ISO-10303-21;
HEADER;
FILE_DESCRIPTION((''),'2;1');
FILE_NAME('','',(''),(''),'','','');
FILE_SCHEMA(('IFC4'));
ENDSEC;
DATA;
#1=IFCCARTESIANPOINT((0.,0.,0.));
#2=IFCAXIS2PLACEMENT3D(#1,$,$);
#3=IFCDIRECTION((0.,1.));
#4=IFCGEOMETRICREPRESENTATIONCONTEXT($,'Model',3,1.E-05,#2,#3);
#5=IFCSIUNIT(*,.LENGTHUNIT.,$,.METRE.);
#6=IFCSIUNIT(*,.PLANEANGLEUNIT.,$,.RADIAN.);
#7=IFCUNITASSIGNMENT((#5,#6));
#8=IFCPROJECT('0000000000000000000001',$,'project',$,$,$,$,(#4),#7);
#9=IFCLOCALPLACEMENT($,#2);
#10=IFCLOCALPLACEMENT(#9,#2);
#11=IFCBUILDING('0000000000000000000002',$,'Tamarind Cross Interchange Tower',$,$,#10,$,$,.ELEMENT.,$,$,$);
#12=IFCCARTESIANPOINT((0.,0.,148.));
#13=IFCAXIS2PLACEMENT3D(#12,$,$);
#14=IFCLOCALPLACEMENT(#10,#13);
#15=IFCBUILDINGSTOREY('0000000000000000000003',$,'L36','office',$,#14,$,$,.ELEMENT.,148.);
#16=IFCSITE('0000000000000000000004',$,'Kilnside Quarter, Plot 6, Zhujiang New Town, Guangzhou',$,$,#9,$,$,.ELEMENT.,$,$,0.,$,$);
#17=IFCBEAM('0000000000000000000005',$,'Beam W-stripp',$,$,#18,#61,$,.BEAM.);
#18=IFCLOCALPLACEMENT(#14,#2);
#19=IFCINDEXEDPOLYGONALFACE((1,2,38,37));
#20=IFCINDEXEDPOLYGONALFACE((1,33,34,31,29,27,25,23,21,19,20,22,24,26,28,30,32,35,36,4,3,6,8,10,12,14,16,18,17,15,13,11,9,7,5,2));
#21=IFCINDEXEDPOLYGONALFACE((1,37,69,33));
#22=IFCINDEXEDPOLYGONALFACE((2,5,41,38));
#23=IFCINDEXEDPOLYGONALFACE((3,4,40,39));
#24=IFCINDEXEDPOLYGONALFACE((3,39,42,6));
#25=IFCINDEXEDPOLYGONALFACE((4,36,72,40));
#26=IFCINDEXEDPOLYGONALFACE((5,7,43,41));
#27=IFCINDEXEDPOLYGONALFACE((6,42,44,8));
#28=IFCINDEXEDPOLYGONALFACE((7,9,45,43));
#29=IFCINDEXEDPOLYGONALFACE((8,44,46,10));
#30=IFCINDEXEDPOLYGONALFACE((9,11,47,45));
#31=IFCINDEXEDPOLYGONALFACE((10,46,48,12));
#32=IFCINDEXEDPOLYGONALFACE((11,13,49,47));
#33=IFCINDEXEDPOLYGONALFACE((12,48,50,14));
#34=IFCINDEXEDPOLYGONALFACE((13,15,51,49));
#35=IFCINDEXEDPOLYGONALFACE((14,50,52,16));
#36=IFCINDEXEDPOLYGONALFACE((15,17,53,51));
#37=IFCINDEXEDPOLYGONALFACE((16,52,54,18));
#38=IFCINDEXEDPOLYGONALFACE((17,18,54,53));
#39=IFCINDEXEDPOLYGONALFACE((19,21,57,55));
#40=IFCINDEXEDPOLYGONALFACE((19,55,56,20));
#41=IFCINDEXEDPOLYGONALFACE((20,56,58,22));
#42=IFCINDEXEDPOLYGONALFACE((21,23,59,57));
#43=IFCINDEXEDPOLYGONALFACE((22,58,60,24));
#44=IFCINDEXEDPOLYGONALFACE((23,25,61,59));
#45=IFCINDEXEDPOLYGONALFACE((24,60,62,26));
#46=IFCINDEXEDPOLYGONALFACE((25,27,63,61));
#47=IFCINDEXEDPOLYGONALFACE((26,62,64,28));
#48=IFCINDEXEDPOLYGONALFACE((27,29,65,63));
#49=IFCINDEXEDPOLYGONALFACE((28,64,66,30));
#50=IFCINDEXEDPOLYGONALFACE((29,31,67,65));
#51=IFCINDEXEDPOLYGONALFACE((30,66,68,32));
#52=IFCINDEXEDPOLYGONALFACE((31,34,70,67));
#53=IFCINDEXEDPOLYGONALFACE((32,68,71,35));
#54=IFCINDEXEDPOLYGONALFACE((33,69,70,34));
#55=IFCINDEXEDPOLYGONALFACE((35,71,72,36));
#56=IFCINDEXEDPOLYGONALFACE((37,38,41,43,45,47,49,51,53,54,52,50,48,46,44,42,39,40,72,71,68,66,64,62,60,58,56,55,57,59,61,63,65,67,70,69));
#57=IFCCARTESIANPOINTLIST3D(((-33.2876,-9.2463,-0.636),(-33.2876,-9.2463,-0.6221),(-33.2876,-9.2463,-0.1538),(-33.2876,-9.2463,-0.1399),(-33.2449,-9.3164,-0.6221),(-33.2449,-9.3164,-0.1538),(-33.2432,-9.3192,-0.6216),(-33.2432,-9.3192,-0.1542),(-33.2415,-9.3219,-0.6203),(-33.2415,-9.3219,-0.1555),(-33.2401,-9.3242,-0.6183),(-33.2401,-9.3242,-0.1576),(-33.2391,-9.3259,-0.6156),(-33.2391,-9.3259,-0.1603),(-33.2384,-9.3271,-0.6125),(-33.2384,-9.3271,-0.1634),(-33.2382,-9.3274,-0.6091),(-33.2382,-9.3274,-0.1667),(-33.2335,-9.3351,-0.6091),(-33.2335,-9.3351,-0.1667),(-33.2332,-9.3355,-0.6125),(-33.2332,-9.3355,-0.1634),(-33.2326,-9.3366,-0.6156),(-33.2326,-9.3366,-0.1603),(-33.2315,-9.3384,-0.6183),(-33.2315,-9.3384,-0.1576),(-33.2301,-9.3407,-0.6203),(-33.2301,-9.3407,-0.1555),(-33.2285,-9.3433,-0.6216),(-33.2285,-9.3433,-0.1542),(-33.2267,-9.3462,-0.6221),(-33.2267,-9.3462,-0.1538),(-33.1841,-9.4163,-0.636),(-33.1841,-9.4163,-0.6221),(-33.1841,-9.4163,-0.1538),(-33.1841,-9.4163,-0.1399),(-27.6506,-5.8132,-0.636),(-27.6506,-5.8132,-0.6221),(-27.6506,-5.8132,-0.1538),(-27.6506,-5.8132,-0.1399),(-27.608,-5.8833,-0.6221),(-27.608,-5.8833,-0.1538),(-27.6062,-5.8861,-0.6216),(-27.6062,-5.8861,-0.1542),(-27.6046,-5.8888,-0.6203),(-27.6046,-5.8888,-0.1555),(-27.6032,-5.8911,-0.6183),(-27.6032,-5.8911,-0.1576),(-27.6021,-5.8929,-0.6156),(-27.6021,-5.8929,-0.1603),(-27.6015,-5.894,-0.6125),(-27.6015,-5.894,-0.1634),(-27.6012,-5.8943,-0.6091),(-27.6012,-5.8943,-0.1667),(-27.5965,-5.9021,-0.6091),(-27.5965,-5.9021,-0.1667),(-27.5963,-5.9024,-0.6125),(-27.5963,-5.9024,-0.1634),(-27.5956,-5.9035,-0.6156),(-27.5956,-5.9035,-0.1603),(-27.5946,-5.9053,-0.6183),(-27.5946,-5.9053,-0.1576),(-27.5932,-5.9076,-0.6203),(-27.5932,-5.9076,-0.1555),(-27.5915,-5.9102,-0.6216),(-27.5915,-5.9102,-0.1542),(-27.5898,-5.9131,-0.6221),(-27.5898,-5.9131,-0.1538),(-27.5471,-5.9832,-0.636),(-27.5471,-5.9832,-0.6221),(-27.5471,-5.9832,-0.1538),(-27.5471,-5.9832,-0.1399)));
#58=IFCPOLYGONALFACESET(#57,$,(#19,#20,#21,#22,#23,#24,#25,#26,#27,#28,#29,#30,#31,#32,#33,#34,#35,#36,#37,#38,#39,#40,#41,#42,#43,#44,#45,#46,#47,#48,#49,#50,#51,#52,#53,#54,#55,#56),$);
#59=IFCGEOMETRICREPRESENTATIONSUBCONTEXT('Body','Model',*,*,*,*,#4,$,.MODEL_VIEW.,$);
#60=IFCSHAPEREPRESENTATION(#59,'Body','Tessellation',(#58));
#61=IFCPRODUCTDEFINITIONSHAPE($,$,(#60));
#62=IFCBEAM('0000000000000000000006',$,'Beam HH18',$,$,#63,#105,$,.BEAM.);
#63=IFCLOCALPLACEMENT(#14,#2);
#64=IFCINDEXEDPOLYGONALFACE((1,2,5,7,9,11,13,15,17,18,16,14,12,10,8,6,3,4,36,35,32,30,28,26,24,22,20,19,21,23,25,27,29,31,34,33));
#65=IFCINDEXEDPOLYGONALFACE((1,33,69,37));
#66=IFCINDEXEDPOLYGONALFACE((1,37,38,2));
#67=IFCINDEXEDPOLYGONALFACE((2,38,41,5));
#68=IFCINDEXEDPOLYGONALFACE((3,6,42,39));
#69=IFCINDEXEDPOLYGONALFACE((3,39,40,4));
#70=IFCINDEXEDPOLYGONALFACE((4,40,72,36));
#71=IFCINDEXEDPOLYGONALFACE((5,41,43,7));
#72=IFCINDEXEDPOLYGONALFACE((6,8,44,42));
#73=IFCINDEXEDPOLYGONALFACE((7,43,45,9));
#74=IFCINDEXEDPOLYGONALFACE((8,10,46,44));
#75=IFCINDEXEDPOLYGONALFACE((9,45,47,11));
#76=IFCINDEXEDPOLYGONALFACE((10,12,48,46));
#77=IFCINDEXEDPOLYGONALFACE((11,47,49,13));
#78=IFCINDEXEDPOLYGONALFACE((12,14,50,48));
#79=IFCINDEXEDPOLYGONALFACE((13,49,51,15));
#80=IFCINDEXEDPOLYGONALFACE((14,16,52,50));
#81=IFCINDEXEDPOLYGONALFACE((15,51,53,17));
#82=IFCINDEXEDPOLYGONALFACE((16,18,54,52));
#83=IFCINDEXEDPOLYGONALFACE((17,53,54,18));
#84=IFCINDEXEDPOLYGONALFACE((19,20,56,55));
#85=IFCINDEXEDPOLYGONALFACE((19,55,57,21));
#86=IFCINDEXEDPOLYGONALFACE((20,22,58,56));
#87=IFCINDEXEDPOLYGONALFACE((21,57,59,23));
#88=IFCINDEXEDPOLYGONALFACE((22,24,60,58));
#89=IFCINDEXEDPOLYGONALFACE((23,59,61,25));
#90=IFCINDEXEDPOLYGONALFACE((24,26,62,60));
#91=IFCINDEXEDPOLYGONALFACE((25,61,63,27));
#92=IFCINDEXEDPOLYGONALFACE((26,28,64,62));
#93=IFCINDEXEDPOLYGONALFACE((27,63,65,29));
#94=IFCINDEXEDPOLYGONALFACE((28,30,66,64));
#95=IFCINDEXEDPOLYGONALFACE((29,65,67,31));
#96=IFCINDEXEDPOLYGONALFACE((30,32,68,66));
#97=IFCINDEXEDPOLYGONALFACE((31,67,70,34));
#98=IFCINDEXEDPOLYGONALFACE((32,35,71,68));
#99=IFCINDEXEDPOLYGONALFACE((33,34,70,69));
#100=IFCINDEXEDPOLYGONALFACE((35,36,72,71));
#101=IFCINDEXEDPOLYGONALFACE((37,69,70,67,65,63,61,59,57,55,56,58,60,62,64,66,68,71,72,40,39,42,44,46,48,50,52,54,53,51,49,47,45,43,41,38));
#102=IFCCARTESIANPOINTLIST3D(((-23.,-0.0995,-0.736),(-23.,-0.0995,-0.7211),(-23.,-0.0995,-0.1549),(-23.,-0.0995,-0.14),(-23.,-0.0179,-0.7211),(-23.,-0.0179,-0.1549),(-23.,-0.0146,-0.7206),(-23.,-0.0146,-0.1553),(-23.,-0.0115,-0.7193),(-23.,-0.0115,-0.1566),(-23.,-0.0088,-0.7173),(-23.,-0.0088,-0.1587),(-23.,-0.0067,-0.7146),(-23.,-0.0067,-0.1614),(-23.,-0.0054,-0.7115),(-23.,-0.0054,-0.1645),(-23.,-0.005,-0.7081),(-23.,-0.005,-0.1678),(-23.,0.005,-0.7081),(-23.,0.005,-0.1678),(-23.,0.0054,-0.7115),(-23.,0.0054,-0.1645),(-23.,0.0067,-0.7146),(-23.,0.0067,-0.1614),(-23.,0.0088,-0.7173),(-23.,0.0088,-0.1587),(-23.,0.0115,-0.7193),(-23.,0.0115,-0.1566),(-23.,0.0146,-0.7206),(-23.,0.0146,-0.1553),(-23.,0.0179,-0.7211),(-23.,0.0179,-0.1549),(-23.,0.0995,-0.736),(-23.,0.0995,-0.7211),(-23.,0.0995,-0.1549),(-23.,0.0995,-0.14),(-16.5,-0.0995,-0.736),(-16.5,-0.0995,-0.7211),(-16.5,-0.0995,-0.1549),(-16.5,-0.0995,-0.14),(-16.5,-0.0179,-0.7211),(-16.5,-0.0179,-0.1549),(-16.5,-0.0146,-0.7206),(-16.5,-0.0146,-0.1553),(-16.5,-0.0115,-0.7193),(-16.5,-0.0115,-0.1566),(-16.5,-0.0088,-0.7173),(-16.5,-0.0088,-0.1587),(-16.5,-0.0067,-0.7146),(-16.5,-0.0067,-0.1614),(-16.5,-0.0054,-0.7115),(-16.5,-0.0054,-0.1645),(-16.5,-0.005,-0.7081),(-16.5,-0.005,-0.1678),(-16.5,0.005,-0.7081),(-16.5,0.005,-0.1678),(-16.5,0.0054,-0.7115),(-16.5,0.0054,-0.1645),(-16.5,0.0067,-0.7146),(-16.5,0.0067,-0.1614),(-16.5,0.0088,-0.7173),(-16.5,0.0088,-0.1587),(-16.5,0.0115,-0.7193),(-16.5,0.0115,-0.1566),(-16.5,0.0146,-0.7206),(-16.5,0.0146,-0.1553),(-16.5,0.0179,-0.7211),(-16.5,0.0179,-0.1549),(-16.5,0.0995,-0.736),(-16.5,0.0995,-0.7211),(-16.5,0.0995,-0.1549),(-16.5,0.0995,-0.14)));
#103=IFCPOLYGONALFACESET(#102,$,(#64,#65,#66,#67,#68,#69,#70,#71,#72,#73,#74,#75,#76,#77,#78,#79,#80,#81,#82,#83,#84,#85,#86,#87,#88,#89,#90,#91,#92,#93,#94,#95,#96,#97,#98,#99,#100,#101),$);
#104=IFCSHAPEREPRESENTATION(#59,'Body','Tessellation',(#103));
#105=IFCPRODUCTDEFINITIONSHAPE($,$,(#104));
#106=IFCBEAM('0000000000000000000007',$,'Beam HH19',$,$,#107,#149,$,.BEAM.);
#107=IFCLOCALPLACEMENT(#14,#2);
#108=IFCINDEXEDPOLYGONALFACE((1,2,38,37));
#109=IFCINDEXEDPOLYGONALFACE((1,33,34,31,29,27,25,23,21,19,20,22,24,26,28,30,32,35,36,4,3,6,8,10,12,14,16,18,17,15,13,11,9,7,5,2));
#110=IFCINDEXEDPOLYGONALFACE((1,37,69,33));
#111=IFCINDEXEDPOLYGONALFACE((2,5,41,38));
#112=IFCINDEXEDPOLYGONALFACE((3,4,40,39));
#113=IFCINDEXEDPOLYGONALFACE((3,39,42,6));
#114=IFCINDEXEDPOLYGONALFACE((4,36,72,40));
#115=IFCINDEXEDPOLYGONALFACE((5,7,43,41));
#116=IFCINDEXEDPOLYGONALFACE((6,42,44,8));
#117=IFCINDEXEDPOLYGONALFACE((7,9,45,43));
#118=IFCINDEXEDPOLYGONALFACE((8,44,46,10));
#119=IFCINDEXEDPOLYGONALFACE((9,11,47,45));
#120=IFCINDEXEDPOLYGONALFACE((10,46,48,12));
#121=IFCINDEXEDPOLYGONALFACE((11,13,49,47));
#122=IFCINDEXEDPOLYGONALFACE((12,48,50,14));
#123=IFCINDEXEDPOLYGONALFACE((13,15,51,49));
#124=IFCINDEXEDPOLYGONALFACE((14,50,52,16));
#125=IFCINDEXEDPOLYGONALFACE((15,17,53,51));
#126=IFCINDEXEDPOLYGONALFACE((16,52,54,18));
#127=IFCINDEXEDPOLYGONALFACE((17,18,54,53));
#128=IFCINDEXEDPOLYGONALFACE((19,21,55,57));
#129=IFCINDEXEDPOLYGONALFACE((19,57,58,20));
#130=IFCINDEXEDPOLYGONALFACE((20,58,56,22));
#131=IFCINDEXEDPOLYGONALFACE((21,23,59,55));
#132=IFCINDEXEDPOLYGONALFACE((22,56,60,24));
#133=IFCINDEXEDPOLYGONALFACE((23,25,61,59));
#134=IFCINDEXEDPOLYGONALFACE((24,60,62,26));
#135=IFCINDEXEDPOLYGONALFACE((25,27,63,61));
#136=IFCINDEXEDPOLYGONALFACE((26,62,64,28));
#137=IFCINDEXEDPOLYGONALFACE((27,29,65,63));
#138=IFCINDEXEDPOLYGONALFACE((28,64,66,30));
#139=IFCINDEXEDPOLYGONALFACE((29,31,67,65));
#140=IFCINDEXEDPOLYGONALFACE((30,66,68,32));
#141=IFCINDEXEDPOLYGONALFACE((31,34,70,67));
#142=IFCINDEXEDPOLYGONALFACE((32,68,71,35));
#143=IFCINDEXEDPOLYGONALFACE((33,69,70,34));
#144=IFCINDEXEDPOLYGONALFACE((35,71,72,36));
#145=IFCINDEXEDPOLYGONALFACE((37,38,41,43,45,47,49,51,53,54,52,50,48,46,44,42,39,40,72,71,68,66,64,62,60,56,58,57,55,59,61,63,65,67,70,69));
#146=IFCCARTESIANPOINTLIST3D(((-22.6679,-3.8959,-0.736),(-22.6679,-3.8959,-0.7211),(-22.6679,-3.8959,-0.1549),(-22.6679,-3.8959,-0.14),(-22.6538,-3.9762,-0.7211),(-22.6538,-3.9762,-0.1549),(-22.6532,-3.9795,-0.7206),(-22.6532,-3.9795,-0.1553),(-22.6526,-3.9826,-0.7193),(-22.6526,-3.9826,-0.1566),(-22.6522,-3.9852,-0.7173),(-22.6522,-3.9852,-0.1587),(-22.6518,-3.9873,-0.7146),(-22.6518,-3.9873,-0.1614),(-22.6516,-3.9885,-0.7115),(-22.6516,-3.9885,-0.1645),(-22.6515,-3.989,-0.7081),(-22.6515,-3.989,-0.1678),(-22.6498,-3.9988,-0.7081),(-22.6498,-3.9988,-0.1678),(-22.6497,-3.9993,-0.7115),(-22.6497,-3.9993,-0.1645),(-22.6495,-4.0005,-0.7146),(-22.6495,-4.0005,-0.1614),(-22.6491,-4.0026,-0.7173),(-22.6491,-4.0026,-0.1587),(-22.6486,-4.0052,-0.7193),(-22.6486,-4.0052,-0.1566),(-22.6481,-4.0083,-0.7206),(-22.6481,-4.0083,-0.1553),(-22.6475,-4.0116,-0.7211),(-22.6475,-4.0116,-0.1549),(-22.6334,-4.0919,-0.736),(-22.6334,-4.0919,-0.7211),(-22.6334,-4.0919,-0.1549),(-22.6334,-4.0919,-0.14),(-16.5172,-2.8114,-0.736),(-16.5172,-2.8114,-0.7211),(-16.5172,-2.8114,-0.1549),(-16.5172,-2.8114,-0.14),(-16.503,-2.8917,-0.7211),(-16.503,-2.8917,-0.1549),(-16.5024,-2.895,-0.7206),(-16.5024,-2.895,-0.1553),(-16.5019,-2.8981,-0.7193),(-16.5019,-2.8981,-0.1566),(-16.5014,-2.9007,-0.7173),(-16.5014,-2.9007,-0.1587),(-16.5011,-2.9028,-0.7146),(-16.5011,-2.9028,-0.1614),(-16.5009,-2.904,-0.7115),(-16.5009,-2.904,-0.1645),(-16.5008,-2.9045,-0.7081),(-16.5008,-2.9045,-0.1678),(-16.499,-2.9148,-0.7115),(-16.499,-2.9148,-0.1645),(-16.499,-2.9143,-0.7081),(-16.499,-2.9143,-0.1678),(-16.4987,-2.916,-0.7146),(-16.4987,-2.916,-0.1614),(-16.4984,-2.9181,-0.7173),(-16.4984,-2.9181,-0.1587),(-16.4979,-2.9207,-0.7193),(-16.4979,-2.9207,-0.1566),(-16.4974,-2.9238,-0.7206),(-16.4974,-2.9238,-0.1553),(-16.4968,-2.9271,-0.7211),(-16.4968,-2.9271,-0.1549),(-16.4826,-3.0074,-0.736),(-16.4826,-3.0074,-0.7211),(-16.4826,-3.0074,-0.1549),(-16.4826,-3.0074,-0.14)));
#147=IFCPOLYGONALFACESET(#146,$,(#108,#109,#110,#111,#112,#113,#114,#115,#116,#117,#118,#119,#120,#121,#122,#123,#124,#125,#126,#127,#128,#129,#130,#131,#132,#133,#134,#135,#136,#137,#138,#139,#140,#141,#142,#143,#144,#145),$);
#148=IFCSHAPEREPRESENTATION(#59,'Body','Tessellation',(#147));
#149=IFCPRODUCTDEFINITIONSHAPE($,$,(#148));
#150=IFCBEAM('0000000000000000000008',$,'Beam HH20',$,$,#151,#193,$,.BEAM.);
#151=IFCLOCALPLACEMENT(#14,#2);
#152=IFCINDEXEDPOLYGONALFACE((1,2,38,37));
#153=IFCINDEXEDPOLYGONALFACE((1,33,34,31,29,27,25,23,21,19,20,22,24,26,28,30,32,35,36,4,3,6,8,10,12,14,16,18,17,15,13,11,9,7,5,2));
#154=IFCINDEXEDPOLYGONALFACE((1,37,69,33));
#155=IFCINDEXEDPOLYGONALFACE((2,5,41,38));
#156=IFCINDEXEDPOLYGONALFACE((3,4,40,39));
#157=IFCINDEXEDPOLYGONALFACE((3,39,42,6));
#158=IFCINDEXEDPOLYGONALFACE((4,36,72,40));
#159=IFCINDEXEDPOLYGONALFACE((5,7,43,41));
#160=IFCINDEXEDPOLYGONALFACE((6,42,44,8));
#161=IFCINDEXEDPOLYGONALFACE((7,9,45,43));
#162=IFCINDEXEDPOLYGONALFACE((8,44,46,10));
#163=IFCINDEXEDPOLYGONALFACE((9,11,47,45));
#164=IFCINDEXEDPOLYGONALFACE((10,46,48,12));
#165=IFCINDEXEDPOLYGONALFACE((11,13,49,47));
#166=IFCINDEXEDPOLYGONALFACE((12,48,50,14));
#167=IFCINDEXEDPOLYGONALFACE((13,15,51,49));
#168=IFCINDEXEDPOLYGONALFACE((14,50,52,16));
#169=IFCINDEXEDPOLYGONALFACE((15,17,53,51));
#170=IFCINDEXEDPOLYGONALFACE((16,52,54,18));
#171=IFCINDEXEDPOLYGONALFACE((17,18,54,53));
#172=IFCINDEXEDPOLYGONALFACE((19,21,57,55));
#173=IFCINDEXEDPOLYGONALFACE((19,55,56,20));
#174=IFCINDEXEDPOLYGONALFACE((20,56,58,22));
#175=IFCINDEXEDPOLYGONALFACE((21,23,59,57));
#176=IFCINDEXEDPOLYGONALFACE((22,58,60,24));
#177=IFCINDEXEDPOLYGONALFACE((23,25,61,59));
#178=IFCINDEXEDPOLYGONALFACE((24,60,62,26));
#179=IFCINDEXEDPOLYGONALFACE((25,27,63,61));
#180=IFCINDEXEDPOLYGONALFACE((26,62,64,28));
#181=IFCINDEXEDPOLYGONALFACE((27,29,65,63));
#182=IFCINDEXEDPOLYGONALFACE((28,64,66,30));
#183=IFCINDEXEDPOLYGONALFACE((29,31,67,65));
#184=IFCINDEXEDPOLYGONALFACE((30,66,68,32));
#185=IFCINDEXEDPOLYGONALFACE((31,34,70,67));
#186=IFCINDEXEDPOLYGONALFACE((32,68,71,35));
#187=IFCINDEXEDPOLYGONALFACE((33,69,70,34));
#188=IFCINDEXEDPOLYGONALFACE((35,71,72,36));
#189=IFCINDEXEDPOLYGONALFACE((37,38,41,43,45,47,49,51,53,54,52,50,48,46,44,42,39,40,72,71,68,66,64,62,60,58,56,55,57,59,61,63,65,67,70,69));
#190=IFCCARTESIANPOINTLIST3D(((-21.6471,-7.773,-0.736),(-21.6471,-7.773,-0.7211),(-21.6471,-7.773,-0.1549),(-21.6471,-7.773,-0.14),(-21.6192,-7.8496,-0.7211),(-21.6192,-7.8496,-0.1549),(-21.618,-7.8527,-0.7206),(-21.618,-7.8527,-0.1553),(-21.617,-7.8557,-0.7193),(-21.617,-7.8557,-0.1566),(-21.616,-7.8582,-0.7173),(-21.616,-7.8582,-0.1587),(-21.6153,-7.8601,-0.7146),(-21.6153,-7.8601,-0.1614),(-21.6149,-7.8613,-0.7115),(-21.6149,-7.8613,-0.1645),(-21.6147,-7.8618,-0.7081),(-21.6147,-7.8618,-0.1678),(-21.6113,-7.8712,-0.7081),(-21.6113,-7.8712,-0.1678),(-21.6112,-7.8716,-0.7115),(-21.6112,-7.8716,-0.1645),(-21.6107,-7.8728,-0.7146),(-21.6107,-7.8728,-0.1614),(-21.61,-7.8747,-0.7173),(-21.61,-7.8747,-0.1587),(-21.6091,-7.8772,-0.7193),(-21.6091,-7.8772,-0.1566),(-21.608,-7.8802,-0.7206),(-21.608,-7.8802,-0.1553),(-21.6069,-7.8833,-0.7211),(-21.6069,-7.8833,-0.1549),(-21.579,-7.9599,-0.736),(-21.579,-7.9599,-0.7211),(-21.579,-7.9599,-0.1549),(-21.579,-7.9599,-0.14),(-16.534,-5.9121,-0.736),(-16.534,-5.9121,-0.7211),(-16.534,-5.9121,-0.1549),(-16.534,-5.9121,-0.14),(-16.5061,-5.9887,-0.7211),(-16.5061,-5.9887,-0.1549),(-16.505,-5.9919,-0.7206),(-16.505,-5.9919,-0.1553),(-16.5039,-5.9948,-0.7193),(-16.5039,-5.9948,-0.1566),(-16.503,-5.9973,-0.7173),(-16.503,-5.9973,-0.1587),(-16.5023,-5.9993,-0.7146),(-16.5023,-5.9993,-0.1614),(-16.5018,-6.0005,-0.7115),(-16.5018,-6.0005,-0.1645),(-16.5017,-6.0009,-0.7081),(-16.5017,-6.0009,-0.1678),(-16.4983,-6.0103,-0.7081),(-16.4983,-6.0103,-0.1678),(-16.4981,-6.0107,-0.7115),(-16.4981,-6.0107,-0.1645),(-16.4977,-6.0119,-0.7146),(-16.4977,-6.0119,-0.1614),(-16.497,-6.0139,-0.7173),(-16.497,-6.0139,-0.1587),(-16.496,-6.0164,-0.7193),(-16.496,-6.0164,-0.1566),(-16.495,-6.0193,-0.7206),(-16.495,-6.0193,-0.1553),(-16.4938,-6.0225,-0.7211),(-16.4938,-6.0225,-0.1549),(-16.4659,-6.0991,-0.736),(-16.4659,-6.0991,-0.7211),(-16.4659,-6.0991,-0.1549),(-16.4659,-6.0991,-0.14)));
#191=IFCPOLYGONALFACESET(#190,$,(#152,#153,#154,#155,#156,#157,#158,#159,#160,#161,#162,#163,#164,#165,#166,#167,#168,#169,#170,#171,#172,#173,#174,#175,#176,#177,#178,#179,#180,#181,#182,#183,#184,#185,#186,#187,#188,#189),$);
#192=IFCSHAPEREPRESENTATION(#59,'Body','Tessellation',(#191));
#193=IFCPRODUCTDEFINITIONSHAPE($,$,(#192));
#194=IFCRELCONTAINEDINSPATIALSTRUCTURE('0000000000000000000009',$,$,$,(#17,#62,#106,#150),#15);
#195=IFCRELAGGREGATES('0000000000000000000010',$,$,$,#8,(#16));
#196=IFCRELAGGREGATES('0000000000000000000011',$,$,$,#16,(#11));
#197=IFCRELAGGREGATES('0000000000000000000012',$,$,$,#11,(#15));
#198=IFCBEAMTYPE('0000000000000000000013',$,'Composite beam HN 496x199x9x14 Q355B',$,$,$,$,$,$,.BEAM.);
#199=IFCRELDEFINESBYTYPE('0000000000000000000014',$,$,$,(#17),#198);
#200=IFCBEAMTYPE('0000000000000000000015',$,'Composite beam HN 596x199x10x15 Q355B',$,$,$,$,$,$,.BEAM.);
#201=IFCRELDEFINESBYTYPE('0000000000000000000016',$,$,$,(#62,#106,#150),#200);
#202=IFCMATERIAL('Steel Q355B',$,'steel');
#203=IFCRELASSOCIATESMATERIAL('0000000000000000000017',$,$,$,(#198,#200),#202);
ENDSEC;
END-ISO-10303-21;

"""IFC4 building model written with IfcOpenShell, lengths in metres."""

from ifc_helpers import new_model, si_unit, direction, frame, origin, origin_2d, place, context, subcontext, project, spatial, i_section, extrude, material, material_profile, profile_set, type_object, element, save


model = new_model("IFC4")

# Units and contexts
model_context = context("Model", 3, precision=1e-05, world=origin(), true_north=direction((0.0, 1.0)))
body_context = subcontext(model_context, "Body", "Model", "MODEL_VIEW")
ifc_project = project(units=[si_unit("LENGTHUNIT", "METRE"), si_unit("PLANEANGLEUNIT", "RADIAN")], contexts=[model_context])

# Site, building, storey
site_placement = place(None, origin())
site = spatial("IfcSite", under=ifc_project, at=site_placement, Name="Kilnside Quarter, Plot 6, Zhujiang New Town, Guangzhou", CompositionType="ELEMENT", RefElevation=0.0)
building_placement = place(site_placement, origin())
building = spatial("IfcBuilding", under=site, at=building_placement, Name="Tamarind Cross Interchange Tower", CompositionType="ELEMENT")
storey_placement = place(building_placement, frame((0.0, 0.0, 148.0)))
storey = spatial("IfcBuildingStorey", under=building, at=storey_placement, Name="L36", Description="office", CompositionType="ELEMENT", Elevation=148.0)

# Beams
ifc_material_1 = material(Name="Steel Q355B", Category="steel")
ifc_material_profile_1 = material_profile(ifc_material_1, i_section(OverallWidth=0.199, OverallDepth=0.4961, WebThickness=0.009, FlangeThickness=0.0139, FilletRadius=0.0129, at=origin_2d()), Name="HN 496x199x9x14")
ifc_profile_set_1 = profile_set([ifc_material_profile_1], Name="Steel Q355B")
beam_type_1 = type_object("IfcBeamType", Name="Composite beam HN 496x199x9x14 Q355B", PredefinedType="BEAM", material=ifc_profile_set_1)
for number, where, z_axis, x_axis, name in (
    (1, (-27.5989, -5.8982, -0.3879), (-0.85407, -0.520158, 0.0), (0.520158, -0.85407, 0.0), "Beam W-stripp"),
):
    element("IfcBeam", number, at=place(storey_placement, frame(where, z_axis=z_axis, x_axis=x_axis)), inside=storey, type_object=beam_type_1, Name=name, PredefinedType="BEAM", context=body_context, shape_type="SweptSolid", body=[
        extrude(i_section(OverallWidth=0.199, OverallDepth=0.4961, WebThickness=0.009, FlangeThickness=0.0139, FilletRadius=0.0129, at=origin_2d()), origin(), (0.0, 0.0, 1.0), 6.6001),
    ])
ifc_material_profile_2 = material_profile(ifc_material_1, i_section(OverallWidth=0.199, OverallDepth=0.5959, WebThickness=0.01, FlangeThickness=0.0149, FilletRadius=0.0129, at=origin_2d()), Name="HN 596x199x10x15")
ifc_profile_set_2 = profile_set([ifc_material_profile_2], Name="Steel Q355B")
beam_type_2 = type_object("IfcBeamType", Name="Composite beam HN 596x199x10x15 Q355B", PredefinedType="BEAM", material=ifc_profile_set_2)
beam_1_placement = place(storey_placement, frame((-23.0, 0.0, -0.438), z_axis=(1.0, 0.0, 0.0), x_axis=(0.0, 1.0, 0.0)))
element("IfcBeam", 2, at=beam_1_placement, inside=storey, type_object=beam_type_2, Name="Beam HH18", PredefinedType="BEAM", context=body_context, shape_type="SweptSolid", body=[
    extrude(i_section(OverallWidth=0.199, OverallDepth=0.5959, WebThickness=0.01, FlangeThickness=0.0149, FilletRadius=0.0129, at=origin_2d()), origin(), (0.0, 0.0, 1.0), 6.5),
])
beam_2_placement = place(storey_placement, frame((-22.6506, -3.9939, -0.438), z_axis=(0.984809, 0.17364, 0.0), x_axis=(-0.17364, 0.984809, 0.0)))
element("IfcBeam", 3, at=beam_2_placement, inside=storey, type_object=beam_type_2, Name="Beam HH19", PredefinedType="BEAM", context=body_context, shape_type="SweptSolid", body=[
    extrude(i_section(OverallWidth=0.199, OverallDepth=0.5959, WebThickness=0.01, FlangeThickness=0.0149, FilletRadius=0.0129, at=origin_2d()), origin(), (0.0, 0.0, 1.0), 6.2456),
])
beam_3_placement = place(storey_placement, frame((-21.613, -7.8665, -0.438), z_axis=(0.939702, 0.341995, 0.0), x_axis=(-0.341995, 0.939702, 0.0)))
element("IfcBeam", 4, at=beam_3_placement, inside=storey, type_object=beam_type_2, Name="Beam HH20", PredefinedType="BEAM", context=body_context, shape_type="SweptSolid", body=[
    extrude(i_section(OverallWidth=0.199, OverallDepth=0.5959, WebThickness=0.01, FlangeThickness=0.0149, FilletRadius=0.0129, at=origin_2d()), origin(), (0.0, 0.0, 1.0), 5.4412),
])

save(model, "model.ifc")
